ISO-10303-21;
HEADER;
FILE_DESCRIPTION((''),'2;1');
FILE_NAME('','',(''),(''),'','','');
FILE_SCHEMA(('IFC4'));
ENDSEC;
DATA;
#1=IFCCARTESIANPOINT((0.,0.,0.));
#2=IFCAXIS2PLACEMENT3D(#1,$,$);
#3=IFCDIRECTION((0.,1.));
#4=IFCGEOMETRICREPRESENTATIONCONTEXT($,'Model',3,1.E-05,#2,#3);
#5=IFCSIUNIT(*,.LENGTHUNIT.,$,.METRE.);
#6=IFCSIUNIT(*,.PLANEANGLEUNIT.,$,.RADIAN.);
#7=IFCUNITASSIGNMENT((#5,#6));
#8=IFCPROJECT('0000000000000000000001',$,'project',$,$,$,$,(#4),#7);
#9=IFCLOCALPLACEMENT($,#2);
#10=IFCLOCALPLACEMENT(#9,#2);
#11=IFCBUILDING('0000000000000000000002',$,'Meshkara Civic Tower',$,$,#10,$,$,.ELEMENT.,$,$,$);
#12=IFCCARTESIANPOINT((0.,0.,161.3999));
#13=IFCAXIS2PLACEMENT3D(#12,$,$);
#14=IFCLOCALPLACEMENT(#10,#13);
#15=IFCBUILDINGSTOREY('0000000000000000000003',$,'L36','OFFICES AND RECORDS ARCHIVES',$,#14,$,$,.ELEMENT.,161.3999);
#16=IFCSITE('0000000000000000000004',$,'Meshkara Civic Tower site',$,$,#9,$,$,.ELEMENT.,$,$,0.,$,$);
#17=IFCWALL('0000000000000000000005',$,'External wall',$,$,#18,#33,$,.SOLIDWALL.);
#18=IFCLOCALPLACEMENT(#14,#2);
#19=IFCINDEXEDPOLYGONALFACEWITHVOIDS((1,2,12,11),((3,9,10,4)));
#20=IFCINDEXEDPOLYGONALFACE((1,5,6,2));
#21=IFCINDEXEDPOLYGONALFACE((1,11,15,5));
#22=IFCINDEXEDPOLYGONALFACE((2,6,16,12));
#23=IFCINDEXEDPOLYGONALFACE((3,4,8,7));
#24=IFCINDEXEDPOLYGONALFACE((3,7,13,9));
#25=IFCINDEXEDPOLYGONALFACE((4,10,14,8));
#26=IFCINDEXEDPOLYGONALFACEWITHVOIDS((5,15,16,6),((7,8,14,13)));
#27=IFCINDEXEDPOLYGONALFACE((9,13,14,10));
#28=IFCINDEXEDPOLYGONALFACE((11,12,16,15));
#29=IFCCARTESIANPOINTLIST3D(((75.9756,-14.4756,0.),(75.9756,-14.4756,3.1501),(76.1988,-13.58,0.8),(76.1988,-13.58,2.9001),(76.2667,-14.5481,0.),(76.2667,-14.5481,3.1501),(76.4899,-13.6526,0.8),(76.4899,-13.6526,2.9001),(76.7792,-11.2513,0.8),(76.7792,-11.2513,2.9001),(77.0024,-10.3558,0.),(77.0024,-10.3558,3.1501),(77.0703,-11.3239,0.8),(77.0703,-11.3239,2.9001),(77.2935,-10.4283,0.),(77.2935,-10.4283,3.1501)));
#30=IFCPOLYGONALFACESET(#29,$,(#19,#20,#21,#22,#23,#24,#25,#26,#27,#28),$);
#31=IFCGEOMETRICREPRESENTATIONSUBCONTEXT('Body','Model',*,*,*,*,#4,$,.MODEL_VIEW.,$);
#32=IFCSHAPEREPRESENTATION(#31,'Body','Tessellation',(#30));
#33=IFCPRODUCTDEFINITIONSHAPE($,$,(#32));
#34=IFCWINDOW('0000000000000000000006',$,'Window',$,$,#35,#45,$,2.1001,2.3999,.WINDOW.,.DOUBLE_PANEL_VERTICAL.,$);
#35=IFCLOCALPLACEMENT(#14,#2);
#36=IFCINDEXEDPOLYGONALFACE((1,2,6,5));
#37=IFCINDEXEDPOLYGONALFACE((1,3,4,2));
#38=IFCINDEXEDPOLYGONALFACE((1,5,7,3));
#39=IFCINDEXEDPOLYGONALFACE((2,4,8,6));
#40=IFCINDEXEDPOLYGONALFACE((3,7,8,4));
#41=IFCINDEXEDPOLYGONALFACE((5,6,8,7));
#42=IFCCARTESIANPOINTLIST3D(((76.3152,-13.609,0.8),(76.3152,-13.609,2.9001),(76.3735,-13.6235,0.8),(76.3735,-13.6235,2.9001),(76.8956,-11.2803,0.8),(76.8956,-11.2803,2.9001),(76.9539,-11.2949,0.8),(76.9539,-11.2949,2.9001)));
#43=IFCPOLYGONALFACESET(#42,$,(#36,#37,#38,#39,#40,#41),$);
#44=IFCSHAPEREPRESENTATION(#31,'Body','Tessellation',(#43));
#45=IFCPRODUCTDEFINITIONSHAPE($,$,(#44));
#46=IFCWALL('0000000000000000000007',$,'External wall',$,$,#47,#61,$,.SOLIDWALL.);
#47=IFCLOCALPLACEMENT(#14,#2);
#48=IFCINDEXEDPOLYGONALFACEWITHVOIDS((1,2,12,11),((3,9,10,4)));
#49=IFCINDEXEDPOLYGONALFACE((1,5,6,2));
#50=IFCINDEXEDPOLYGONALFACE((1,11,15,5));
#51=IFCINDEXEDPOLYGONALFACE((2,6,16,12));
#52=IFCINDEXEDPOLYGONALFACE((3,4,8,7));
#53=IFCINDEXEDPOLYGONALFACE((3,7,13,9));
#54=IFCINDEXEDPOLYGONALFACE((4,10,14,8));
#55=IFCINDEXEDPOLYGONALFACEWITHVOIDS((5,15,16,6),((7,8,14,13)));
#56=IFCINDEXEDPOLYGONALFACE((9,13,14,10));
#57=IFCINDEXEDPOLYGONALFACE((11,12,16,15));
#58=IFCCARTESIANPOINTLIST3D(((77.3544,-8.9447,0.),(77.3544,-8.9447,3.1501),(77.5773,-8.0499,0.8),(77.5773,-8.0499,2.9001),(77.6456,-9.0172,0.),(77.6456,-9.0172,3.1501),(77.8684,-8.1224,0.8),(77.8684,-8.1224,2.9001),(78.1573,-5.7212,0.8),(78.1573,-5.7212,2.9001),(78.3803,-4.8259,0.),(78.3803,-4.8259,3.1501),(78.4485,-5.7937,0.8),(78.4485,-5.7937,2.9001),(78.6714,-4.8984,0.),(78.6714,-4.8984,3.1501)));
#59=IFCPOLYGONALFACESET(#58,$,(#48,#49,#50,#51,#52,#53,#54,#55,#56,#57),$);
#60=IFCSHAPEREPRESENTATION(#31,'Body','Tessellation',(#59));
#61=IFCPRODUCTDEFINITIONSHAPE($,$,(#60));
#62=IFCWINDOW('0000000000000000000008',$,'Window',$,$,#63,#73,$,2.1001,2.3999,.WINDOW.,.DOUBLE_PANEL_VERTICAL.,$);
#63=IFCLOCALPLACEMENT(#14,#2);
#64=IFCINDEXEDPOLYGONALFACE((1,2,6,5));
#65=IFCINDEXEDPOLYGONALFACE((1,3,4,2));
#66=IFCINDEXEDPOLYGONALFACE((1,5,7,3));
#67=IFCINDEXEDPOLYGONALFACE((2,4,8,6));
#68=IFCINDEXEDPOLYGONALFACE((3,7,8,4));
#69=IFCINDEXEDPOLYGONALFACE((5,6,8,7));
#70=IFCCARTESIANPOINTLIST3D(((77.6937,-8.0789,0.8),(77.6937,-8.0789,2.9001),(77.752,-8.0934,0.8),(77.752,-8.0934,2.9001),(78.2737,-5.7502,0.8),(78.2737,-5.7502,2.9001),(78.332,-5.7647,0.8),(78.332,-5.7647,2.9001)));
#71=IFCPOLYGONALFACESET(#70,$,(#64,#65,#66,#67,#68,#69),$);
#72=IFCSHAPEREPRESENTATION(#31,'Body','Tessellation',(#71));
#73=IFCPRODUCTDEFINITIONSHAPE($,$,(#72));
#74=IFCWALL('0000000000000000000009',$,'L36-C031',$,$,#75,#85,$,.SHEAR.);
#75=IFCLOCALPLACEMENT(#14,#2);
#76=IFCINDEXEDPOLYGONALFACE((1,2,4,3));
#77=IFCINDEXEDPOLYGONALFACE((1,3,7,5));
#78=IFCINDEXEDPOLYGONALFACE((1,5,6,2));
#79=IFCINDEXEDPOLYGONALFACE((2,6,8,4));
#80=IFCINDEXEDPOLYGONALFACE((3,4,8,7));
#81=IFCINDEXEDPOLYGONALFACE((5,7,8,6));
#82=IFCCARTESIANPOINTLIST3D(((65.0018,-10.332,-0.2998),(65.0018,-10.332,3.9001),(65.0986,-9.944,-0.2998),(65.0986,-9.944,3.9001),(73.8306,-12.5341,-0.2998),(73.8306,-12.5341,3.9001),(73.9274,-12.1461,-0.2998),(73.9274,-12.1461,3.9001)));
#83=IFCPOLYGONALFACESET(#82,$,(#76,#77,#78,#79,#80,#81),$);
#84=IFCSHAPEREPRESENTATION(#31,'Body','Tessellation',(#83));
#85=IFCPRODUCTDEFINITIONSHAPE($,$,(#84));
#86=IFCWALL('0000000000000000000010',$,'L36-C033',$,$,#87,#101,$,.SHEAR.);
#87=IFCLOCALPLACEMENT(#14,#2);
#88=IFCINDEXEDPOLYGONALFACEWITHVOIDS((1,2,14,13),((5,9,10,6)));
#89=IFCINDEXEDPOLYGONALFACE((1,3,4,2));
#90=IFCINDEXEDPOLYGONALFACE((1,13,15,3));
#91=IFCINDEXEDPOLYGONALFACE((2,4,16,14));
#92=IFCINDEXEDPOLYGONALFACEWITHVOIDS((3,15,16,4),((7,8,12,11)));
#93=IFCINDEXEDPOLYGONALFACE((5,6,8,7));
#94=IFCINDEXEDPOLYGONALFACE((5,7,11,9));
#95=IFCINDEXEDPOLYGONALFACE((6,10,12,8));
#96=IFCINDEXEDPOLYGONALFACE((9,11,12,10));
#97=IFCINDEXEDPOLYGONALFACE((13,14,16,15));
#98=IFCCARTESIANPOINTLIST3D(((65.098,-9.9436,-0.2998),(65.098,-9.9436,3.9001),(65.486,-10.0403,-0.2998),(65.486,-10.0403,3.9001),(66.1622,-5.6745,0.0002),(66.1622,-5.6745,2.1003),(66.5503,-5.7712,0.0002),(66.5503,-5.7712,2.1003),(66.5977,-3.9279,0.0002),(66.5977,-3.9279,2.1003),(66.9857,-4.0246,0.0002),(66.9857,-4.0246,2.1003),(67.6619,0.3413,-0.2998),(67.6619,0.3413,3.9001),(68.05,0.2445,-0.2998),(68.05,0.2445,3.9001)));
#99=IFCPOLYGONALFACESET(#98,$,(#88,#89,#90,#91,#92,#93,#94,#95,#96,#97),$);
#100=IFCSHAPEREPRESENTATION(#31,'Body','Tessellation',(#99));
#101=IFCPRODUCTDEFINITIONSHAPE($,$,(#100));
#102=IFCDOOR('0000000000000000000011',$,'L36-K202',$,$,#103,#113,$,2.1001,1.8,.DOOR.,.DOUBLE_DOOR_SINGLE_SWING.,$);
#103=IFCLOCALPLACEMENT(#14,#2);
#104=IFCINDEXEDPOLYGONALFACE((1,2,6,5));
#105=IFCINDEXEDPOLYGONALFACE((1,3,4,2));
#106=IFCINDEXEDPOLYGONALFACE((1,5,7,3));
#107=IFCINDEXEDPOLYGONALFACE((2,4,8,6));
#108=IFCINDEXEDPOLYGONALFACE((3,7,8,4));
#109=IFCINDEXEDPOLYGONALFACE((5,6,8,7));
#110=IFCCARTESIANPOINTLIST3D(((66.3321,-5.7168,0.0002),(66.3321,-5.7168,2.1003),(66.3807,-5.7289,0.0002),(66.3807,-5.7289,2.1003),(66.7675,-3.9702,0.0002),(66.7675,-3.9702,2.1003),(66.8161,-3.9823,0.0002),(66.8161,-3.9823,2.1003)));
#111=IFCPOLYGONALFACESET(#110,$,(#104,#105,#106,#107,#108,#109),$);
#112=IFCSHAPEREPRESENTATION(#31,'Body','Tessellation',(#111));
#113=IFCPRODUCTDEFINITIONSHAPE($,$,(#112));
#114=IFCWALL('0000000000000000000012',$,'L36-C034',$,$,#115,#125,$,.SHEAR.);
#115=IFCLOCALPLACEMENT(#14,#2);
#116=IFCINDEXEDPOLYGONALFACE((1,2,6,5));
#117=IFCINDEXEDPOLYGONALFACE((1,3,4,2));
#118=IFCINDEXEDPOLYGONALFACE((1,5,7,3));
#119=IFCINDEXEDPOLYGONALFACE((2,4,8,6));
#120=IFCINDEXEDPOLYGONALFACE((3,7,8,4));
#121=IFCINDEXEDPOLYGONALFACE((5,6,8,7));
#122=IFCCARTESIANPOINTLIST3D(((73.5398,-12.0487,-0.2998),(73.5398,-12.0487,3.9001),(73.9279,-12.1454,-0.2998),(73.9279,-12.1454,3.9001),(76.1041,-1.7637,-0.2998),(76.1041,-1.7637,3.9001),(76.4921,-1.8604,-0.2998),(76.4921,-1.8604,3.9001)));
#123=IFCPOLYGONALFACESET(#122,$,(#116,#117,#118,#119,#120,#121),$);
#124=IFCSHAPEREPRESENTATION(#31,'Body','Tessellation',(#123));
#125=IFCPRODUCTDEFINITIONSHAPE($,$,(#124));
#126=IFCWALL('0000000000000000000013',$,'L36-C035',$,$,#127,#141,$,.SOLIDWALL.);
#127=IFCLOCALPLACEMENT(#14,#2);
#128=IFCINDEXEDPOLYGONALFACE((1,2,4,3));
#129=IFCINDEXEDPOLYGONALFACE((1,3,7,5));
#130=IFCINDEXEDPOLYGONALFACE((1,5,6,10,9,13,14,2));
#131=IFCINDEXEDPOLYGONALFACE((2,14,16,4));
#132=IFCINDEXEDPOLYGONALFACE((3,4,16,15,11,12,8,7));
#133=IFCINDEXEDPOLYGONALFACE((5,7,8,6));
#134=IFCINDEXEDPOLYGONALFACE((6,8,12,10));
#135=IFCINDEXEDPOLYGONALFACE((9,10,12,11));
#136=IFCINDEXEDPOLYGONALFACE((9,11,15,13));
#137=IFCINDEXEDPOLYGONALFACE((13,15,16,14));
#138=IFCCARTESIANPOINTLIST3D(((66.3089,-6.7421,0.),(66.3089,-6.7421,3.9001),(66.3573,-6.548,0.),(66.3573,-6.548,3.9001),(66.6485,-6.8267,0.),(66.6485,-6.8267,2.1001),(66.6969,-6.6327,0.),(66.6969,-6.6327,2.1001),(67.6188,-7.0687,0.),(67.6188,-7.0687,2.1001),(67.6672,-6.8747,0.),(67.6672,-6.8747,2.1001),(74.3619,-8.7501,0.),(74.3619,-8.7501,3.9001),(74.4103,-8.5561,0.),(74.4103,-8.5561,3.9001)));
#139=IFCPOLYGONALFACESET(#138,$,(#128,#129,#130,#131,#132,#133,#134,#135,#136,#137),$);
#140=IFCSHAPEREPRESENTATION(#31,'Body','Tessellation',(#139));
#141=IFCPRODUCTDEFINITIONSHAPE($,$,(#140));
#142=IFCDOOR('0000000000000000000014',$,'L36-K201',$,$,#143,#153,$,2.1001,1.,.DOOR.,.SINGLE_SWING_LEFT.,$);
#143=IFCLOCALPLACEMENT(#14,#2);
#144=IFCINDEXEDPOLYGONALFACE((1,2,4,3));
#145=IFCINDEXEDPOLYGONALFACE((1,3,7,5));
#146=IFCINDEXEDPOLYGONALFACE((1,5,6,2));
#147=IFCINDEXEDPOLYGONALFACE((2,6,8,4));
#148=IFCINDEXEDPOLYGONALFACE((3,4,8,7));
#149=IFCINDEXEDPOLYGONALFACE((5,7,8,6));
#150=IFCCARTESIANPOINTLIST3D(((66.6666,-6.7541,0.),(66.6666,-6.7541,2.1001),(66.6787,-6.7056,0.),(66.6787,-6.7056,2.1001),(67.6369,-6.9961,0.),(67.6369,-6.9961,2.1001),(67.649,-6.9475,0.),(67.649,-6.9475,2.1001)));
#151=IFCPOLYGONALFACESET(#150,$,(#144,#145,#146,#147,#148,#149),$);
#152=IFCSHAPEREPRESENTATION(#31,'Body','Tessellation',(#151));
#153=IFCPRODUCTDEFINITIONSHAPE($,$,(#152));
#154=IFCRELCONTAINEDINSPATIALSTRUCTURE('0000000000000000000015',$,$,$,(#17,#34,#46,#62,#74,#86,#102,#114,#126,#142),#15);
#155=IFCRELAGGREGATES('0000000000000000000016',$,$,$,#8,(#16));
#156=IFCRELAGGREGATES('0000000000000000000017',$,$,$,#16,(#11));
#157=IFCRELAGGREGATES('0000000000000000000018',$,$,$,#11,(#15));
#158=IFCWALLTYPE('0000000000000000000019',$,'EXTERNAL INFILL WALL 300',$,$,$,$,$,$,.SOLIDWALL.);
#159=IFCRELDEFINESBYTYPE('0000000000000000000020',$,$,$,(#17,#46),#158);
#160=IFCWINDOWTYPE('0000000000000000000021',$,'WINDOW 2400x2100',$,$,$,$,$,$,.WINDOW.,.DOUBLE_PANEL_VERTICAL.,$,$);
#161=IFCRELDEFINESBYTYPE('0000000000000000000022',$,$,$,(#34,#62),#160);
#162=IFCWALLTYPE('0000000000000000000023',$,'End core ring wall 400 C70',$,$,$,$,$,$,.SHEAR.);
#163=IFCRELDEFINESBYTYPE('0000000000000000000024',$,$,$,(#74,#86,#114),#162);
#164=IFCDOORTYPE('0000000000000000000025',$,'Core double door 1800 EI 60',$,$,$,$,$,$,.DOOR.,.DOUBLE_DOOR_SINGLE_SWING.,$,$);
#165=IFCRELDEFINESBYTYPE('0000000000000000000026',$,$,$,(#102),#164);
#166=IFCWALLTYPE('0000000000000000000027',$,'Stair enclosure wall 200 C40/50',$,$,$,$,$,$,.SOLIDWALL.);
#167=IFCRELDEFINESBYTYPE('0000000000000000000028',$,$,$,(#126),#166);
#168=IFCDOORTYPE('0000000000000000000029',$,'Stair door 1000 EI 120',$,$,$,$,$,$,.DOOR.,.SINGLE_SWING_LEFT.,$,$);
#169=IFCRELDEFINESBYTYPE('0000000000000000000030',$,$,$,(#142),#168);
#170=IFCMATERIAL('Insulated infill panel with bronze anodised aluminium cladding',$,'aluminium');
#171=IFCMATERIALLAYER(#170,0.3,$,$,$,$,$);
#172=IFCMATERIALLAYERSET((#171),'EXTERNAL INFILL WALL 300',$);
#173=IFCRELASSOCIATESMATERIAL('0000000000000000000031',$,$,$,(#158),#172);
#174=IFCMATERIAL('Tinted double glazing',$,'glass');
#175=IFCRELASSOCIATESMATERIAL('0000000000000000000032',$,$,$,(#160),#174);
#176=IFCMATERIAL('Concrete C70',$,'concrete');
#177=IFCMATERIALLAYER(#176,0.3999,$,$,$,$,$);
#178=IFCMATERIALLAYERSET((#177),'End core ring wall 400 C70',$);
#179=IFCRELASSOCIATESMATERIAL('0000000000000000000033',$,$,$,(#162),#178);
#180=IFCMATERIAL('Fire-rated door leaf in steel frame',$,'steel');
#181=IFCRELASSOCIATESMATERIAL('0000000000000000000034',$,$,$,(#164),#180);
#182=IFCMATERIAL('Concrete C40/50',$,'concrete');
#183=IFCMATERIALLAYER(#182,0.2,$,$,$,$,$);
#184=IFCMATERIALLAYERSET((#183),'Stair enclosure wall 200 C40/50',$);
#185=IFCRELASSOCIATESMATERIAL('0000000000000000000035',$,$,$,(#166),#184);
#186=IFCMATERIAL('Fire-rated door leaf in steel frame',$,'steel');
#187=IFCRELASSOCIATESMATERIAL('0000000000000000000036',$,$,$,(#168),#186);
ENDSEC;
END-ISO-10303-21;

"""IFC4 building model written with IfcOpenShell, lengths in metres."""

from ifc_helpers import new_model, si_unit, direction, frame, frame_2d, origin, place, context, subcontext, project, spatial, rectangle, extrude, material, layer, layer_set, type_object, element, fill, save


model = new_model("IFC4")

# Units and contexts
model_context = context("Model", 3, precision=1e-05, world=origin(), true_north=direction((0.0, 1.0)))
body_context = subcontext(model_context, "Body", "Model", "MODEL_VIEW")
ifc_project = project(units=[si_unit("LENGTHUNIT", "METRE"), si_unit("PLANEANGLEUNIT", "RADIAN")], contexts=[model_context])

# Site, building, storey
site_placement = place(None, origin())
site = spatial("IfcSite", under=ifc_project, at=site_placement, Name="Meshkara Civic Tower site", CompositionType="ELEMENT", RefElevation=0.0)
building_placement = place(site_placement, origin())
building = spatial("IfcBuilding", under=site, at=building_placement, Name="Meshkara Civic Tower", CompositionType="ELEMENT")
storey_placement = place(building_placement, frame((0.0, 0.0, 161.3999)))
storey = spatial("IfcBuildingStorey", under=building, at=storey_placement, Name="L36", Description="OFFICES AND RECORDS ARCHIVES", CompositionType="ELEMENT", Elevation=161.3999)

# Walls, openings, windows
ifc_material_1 = material(Name="Insulated infill panel with bronze anodised aluminium cladding", Category="aluminium")
ifc_layer_1 = layer(ifc_material_1, 0.3)
ifc_layer_set_1 = layer_set([ifc_layer_1], Name="EXTERNAL INFILL WALL 300")
wall_type_1 = type_object("IfcWallType", Name="EXTERNAL INFILL WALL 300", PredefinedType="SOLIDWALL", material=ifc_layer_set_1)
ifc_material_2 = material(Name="Tinted double glazing", Category="glass")
window_type_1 = type_object("IfcWindowType", Name="WINDOW 2400x2100", PartitioningType="DOUBLE_PANEL_VERTICAL", PredefinedType="WINDOW", material=ifc_material_2)
wall_1_placement = place(storey_placement, frame((76.1211, -14.512, 0.0), z_axis=(0.0, 0.0, 1.0), x_axis=(0.241846, 0.970315, 0.0)))
wall_1 = element("IfcWall", 1, at=wall_1_placement, inside=storey, type_object=wall_type_1, Name="External wall", PredefinedType="SOLIDWALL", context=body_context, shape_type="SweptSolid", body=[
    extrude(rectangle(XDim=4.2458, YDim=0.3, at=frame_2d((2.123, 0.0))), origin(), (0.0, 0.0, 1.0), 3.1501),
])
opening_1_placement = place(wall_1_placement, frame((0.9231, 0.0, 0.8)))
opening_1 = element("IfcOpeningElement", 2, at=opening_1_placement, cuts=wall_1, PredefinedType="OPENING", context=body_context, shape_type="SweptSolid", body=[
    extrude(rectangle(XDim=2.3999, YDim=2.1001, at=frame_2d((1.2, 1.05))), frame((0.0, 0.1599, 0.0), z_axis=(0.0, -1.0, 0.0), x_axis=(1.0, 0.0, 0.0)), (0.0, 0.0, 1.0), 0.3201),
])
window_1_placement = place(opening_1_placement, origin())
window_1 = element("IfcWindow", 3, at=window_1_placement, inside=storey, type_object=window_type_1, Name="Window", OverallHeight=2.1001, OverallWidth=2.3999, PartitioningType="DOUBLE_PANEL_VERTICAL", PredefinedType="WINDOW", context=body_context, shape_type="SweptSolid", body=[
    extrude(rectangle(XDim=2.3999, YDim=2.1001, at=frame_2d((1.2, 1.05))), frame((0.0, 0.03, 0.0), z_axis=(0.0, -1.0, 0.0), x_axis=(1.0, 0.0, 0.0)), (0.0, 0.0, 1.0), 0.0601),
])
fill(opening_1, window_1)
wall_2_placement = place(storey_placement, frame((77.5, -8.981, 0.0), z_axis=(0.0, 0.0, 1.0), x_axis=(0.241683, 0.970355, 0.0)))
wall_2 = element("IfcWall", 4, at=wall_2_placement, inside=storey, type_object=wall_type_1, Name="External wall", PredefinedType="SOLIDWALL", context=body_context, shape_type="SweptSolid", body=[
    extrude(rectangle(XDim=4.2446, YDim=0.3, at=frame_2d((2.1223, 0.0))), origin(), (0.0, 0.0, 1.0), 3.1501),
])
opening_2_placement = place(wall_2_placement, frame((0.9221, 0.0, 0.8)))
opening_2 = element("IfcOpeningElement", 5, at=opening_2_placement, cuts=wall_2, PredefinedType="OPENING", context=body_context, shape_type="SweptSolid", body=[
    extrude(rectangle(XDim=2.3999, YDim=2.1001, at=frame_2d((1.2, 1.05))), frame((0.0, 0.1599, 0.0), z_axis=(0.0, -1.0, 0.0), x_axis=(1.0, 0.0, 0.0)), (0.0, 0.0, 1.0), 0.3201),
])
window_2_placement = place(opening_2_placement, origin())
window_2 = element("IfcWindow", 6, at=window_2_placement, inside=storey, type_object=window_type_1, Name="Window", OverallHeight=2.1001, OverallWidth=2.3999, PartitioningType="DOUBLE_PANEL_VERTICAL", PredefinedType="WINDOW", context=body_context, shape_type="SweptSolid", body=[
    extrude(rectangle(XDim=2.3999, YDim=2.1001, at=frame_2d((1.2, 1.05))), frame((0.0, 0.03, 0.0), z_axis=(0.0, -1.0, 0.0), x_axis=(1.0, 0.0, 0.0)), (0.0, 0.0, 1.0), 0.0601),
])
fill(opening_2, window_2)

# Wall
ifc_material_3 = material(Name="Concrete C70", Category="concrete")
ifc_layer_2 = layer(ifc_material_3, 0.3999)
ifc_layer_set_2 = layer_set([ifc_layer_2], Name="End core ring wall 400 C70")
wall_type_2 = type_object("IfcWallType", Name="End core ring wall 400 C70", PredefinedType="SHEAR", material=ifc_layer_set_2)
wall_3_placement = place(storey_placement, frame((65.05, -10.1379, -0.2998), z_axis=(0.0, 0.0, 1.0), x_axis=(0.970273, -0.242012, 0.0)))
element("IfcWall", 7, at=wall_3_placement, inside=storey, type_object=wall_type_2, Name="L36-C031", PredefinedType="SHEAR", context=body_context, shape_type="SweptSolid", body=[
    extrude(rectangle(XDim=9.0994, YDim=0.3999, at=frame_2d((4.5498, 0.0))), origin(), (0.0, 0.0, 1.0), 4.2),
])

# Wall, opening, door
wall_4_placement = place(storey_placement, frame((65.292, -9.9919, -0.2998), z_axis=(0.0, 0.0, 1.0), x_axis=(0.241891, 0.970304, 0.0)))
wall_4 = element("IfcWall", 8, at=wall_4_placement, inside=storey, type_object=wall_type_2, Name="L36-C033", PredefinedType="SHEAR", context=body_context, shape_type="SweptSolid", body=[
    extrude(rectangle(XDim=10.5996, YDim=0.3999, at=frame_2d((5.2998, 0.0))), origin(), (0.0, 0.0, 1.0), 4.2),
])
opening_3_placement = place(wall_4_placement, frame((4.3999, 0.0, 0.3)))
opening_3 = element("IfcOpeningElement", 9, at=opening_3_placement, cuts=wall_4, PredefinedType="OPENING", context=body_context, shape_type="SweptSolid", body=[
    extrude(rectangle(XDim=1.8, YDim=2.1001, at=frame_2d((0.8999, 1.05))), frame((0.0, 0.21, 0.0), z_axis=(0.0, -1.0, 0.0), x_axis=(1.0, 0.0, 0.0)), (0.0, 0.0, 1.0), 0.4199),
])
ifc_material_4 = material(Name="Fire-rated door leaf in steel frame", Category="steel")
door_type_1 = type_object("IfcDoorType", Name="Core double door 1800 EI 60", OperationType="DOUBLE_DOOR_SINGLE_SWING", PredefinedType="DOOR", material=ifc_material_4)
door_1_placement = place(opening_3_placement, origin())
door_1 = element("IfcDoor", 10, at=door_1_placement, inside=storey, type_object=door_type_1, Name="L36-K202", OperationType="DOUBLE_DOOR_SINGLE_SWING", OverallHeight=2.1001, OverallWidth=1.8, PredefinedType="DOOR", context=body_context, shape_type="SweptSolid", body=[
    extrude(rectangle(XDim=1.8, YDim=2.1001, at=frame_2d((0.8999, 1.05))), frame((0.0, 0.0249, 0.0), z_axis=(0.0, -1.0, 0.0), x_axis=(1.0, 0.0, 0.0)), (0.0, 0.0, 1.0), 0.05),
])
fill(opening_3, door_1)

# Wall
wall_5_placement = place(storey_placement, frame((73.7339, -12.0969, -0.2998), z_axis=(0.0, 0.0, 1.0), x_axis=(0.241912, 0.970298, 0.0)))
element("IfcWall", 11, at=wall_5_placement, inside=storey, type_object=wall_type_2, Name="L36-C034", PredefinedType="SHEAR", context=body_context, shape_type="SweptSolid", body=[
    extrude(rectangle(XDim=10.5999, YDim=0.3999, at=frame_2d((5.2998, 0.0))), origin(), (0.0, 0.0, 1.0), 4.2),
])

# Wall, opening, door
ifc_material_5 = material(Name="Concrete C40/50", Category="concrete")
ifc_layer_3 = layer(ifc_material_5, 0.2)
ifc_layer_set_3 = layer_set([ifc_layer_3], Name="Stair enclosure wall 200 C40/50")
wall_type_3 = type_object("IfcWallType", Name="Stair enclosure wall 200 C40/50", PredefinedType="SOLIDWALL", material=ifc_layer_set_3)
wall_6_placement = place(storey_placement, frame((66.333, -6.645, 0.0), z_axis=(0.0, 0.0, 1.0), x_axis=(0.970289, -0.241947, 0.0)))
wall_6 = element("IfcWall", 12, at=wall_6_placement, inside=storey, type_object=wall_type_3, Name="L36-C035", PredefinedType="SOLIDWALL", context=body_context, shape_type="SweptSolid", body=[
    extrude(rectangle(XDim=8.2996, YDim=0.2, at=frame_2d((4.1499, 0.0))), origin(), (0.0, 0.0, 1.0), 3.9001),
])
opening_4_placement = place(wall_6_placement, frame((0.3501, 0.0, 0.0)))
opening_4 = element("IfcOpeningElement", 13, at=opening_4_placement, cuts=wall_6, PredefinedType="OPENING", context=body_context, shape_type="SweptSolid", body=[
    extrude(rectangle(XDim=1.0, YDim=2.1001, at=frame_2d((0.5, 1.05))), frame((0.0, 0.1099, 0.0), z_axis=(0.0, -1.0, 0.0), x_axis=(1.0, 0.0, 0.0)), (0.0, 0.0, 1.0), 0.22),
])
ifc_material_6 = material(Name="Fire-rated door leaf in steel frame", Category="steel")
door_type_2 = type_object("IfcDoorType", Name="Stair door 1000 EI 120", OperationType="SINGLE_SWING_LEFT", PredefinedType="DOOR", material=ifc_material_6)
door_2_placement = place(opening_4_placement, origin())
door_2 = element("IfcDoor", 14, at=door_2_placement, inside=storey, type_object=door_type_2, Name="L36-K201", OperationType="SINGLE_SWING_LEFT", OverallHeight=2.1001, OverallWidth=1.0, PredefinedType="DOOR", context=body_context, shape_type="SweptSolid", body=[
    extrude(rectangle(XDim=1.0, YDim=2.1001, at=frame_2d((0.5, 1.05))), frame((0.0, 0.0249, 0.0), z_axis=(0.0, -1.0, 0.0), x_axis=(1.0, 0.0, 0.0)), (0.0, 0.0, 1.0), 0.05),
])
fill(opening_4, door_2)

save(model, "model.ifc")
